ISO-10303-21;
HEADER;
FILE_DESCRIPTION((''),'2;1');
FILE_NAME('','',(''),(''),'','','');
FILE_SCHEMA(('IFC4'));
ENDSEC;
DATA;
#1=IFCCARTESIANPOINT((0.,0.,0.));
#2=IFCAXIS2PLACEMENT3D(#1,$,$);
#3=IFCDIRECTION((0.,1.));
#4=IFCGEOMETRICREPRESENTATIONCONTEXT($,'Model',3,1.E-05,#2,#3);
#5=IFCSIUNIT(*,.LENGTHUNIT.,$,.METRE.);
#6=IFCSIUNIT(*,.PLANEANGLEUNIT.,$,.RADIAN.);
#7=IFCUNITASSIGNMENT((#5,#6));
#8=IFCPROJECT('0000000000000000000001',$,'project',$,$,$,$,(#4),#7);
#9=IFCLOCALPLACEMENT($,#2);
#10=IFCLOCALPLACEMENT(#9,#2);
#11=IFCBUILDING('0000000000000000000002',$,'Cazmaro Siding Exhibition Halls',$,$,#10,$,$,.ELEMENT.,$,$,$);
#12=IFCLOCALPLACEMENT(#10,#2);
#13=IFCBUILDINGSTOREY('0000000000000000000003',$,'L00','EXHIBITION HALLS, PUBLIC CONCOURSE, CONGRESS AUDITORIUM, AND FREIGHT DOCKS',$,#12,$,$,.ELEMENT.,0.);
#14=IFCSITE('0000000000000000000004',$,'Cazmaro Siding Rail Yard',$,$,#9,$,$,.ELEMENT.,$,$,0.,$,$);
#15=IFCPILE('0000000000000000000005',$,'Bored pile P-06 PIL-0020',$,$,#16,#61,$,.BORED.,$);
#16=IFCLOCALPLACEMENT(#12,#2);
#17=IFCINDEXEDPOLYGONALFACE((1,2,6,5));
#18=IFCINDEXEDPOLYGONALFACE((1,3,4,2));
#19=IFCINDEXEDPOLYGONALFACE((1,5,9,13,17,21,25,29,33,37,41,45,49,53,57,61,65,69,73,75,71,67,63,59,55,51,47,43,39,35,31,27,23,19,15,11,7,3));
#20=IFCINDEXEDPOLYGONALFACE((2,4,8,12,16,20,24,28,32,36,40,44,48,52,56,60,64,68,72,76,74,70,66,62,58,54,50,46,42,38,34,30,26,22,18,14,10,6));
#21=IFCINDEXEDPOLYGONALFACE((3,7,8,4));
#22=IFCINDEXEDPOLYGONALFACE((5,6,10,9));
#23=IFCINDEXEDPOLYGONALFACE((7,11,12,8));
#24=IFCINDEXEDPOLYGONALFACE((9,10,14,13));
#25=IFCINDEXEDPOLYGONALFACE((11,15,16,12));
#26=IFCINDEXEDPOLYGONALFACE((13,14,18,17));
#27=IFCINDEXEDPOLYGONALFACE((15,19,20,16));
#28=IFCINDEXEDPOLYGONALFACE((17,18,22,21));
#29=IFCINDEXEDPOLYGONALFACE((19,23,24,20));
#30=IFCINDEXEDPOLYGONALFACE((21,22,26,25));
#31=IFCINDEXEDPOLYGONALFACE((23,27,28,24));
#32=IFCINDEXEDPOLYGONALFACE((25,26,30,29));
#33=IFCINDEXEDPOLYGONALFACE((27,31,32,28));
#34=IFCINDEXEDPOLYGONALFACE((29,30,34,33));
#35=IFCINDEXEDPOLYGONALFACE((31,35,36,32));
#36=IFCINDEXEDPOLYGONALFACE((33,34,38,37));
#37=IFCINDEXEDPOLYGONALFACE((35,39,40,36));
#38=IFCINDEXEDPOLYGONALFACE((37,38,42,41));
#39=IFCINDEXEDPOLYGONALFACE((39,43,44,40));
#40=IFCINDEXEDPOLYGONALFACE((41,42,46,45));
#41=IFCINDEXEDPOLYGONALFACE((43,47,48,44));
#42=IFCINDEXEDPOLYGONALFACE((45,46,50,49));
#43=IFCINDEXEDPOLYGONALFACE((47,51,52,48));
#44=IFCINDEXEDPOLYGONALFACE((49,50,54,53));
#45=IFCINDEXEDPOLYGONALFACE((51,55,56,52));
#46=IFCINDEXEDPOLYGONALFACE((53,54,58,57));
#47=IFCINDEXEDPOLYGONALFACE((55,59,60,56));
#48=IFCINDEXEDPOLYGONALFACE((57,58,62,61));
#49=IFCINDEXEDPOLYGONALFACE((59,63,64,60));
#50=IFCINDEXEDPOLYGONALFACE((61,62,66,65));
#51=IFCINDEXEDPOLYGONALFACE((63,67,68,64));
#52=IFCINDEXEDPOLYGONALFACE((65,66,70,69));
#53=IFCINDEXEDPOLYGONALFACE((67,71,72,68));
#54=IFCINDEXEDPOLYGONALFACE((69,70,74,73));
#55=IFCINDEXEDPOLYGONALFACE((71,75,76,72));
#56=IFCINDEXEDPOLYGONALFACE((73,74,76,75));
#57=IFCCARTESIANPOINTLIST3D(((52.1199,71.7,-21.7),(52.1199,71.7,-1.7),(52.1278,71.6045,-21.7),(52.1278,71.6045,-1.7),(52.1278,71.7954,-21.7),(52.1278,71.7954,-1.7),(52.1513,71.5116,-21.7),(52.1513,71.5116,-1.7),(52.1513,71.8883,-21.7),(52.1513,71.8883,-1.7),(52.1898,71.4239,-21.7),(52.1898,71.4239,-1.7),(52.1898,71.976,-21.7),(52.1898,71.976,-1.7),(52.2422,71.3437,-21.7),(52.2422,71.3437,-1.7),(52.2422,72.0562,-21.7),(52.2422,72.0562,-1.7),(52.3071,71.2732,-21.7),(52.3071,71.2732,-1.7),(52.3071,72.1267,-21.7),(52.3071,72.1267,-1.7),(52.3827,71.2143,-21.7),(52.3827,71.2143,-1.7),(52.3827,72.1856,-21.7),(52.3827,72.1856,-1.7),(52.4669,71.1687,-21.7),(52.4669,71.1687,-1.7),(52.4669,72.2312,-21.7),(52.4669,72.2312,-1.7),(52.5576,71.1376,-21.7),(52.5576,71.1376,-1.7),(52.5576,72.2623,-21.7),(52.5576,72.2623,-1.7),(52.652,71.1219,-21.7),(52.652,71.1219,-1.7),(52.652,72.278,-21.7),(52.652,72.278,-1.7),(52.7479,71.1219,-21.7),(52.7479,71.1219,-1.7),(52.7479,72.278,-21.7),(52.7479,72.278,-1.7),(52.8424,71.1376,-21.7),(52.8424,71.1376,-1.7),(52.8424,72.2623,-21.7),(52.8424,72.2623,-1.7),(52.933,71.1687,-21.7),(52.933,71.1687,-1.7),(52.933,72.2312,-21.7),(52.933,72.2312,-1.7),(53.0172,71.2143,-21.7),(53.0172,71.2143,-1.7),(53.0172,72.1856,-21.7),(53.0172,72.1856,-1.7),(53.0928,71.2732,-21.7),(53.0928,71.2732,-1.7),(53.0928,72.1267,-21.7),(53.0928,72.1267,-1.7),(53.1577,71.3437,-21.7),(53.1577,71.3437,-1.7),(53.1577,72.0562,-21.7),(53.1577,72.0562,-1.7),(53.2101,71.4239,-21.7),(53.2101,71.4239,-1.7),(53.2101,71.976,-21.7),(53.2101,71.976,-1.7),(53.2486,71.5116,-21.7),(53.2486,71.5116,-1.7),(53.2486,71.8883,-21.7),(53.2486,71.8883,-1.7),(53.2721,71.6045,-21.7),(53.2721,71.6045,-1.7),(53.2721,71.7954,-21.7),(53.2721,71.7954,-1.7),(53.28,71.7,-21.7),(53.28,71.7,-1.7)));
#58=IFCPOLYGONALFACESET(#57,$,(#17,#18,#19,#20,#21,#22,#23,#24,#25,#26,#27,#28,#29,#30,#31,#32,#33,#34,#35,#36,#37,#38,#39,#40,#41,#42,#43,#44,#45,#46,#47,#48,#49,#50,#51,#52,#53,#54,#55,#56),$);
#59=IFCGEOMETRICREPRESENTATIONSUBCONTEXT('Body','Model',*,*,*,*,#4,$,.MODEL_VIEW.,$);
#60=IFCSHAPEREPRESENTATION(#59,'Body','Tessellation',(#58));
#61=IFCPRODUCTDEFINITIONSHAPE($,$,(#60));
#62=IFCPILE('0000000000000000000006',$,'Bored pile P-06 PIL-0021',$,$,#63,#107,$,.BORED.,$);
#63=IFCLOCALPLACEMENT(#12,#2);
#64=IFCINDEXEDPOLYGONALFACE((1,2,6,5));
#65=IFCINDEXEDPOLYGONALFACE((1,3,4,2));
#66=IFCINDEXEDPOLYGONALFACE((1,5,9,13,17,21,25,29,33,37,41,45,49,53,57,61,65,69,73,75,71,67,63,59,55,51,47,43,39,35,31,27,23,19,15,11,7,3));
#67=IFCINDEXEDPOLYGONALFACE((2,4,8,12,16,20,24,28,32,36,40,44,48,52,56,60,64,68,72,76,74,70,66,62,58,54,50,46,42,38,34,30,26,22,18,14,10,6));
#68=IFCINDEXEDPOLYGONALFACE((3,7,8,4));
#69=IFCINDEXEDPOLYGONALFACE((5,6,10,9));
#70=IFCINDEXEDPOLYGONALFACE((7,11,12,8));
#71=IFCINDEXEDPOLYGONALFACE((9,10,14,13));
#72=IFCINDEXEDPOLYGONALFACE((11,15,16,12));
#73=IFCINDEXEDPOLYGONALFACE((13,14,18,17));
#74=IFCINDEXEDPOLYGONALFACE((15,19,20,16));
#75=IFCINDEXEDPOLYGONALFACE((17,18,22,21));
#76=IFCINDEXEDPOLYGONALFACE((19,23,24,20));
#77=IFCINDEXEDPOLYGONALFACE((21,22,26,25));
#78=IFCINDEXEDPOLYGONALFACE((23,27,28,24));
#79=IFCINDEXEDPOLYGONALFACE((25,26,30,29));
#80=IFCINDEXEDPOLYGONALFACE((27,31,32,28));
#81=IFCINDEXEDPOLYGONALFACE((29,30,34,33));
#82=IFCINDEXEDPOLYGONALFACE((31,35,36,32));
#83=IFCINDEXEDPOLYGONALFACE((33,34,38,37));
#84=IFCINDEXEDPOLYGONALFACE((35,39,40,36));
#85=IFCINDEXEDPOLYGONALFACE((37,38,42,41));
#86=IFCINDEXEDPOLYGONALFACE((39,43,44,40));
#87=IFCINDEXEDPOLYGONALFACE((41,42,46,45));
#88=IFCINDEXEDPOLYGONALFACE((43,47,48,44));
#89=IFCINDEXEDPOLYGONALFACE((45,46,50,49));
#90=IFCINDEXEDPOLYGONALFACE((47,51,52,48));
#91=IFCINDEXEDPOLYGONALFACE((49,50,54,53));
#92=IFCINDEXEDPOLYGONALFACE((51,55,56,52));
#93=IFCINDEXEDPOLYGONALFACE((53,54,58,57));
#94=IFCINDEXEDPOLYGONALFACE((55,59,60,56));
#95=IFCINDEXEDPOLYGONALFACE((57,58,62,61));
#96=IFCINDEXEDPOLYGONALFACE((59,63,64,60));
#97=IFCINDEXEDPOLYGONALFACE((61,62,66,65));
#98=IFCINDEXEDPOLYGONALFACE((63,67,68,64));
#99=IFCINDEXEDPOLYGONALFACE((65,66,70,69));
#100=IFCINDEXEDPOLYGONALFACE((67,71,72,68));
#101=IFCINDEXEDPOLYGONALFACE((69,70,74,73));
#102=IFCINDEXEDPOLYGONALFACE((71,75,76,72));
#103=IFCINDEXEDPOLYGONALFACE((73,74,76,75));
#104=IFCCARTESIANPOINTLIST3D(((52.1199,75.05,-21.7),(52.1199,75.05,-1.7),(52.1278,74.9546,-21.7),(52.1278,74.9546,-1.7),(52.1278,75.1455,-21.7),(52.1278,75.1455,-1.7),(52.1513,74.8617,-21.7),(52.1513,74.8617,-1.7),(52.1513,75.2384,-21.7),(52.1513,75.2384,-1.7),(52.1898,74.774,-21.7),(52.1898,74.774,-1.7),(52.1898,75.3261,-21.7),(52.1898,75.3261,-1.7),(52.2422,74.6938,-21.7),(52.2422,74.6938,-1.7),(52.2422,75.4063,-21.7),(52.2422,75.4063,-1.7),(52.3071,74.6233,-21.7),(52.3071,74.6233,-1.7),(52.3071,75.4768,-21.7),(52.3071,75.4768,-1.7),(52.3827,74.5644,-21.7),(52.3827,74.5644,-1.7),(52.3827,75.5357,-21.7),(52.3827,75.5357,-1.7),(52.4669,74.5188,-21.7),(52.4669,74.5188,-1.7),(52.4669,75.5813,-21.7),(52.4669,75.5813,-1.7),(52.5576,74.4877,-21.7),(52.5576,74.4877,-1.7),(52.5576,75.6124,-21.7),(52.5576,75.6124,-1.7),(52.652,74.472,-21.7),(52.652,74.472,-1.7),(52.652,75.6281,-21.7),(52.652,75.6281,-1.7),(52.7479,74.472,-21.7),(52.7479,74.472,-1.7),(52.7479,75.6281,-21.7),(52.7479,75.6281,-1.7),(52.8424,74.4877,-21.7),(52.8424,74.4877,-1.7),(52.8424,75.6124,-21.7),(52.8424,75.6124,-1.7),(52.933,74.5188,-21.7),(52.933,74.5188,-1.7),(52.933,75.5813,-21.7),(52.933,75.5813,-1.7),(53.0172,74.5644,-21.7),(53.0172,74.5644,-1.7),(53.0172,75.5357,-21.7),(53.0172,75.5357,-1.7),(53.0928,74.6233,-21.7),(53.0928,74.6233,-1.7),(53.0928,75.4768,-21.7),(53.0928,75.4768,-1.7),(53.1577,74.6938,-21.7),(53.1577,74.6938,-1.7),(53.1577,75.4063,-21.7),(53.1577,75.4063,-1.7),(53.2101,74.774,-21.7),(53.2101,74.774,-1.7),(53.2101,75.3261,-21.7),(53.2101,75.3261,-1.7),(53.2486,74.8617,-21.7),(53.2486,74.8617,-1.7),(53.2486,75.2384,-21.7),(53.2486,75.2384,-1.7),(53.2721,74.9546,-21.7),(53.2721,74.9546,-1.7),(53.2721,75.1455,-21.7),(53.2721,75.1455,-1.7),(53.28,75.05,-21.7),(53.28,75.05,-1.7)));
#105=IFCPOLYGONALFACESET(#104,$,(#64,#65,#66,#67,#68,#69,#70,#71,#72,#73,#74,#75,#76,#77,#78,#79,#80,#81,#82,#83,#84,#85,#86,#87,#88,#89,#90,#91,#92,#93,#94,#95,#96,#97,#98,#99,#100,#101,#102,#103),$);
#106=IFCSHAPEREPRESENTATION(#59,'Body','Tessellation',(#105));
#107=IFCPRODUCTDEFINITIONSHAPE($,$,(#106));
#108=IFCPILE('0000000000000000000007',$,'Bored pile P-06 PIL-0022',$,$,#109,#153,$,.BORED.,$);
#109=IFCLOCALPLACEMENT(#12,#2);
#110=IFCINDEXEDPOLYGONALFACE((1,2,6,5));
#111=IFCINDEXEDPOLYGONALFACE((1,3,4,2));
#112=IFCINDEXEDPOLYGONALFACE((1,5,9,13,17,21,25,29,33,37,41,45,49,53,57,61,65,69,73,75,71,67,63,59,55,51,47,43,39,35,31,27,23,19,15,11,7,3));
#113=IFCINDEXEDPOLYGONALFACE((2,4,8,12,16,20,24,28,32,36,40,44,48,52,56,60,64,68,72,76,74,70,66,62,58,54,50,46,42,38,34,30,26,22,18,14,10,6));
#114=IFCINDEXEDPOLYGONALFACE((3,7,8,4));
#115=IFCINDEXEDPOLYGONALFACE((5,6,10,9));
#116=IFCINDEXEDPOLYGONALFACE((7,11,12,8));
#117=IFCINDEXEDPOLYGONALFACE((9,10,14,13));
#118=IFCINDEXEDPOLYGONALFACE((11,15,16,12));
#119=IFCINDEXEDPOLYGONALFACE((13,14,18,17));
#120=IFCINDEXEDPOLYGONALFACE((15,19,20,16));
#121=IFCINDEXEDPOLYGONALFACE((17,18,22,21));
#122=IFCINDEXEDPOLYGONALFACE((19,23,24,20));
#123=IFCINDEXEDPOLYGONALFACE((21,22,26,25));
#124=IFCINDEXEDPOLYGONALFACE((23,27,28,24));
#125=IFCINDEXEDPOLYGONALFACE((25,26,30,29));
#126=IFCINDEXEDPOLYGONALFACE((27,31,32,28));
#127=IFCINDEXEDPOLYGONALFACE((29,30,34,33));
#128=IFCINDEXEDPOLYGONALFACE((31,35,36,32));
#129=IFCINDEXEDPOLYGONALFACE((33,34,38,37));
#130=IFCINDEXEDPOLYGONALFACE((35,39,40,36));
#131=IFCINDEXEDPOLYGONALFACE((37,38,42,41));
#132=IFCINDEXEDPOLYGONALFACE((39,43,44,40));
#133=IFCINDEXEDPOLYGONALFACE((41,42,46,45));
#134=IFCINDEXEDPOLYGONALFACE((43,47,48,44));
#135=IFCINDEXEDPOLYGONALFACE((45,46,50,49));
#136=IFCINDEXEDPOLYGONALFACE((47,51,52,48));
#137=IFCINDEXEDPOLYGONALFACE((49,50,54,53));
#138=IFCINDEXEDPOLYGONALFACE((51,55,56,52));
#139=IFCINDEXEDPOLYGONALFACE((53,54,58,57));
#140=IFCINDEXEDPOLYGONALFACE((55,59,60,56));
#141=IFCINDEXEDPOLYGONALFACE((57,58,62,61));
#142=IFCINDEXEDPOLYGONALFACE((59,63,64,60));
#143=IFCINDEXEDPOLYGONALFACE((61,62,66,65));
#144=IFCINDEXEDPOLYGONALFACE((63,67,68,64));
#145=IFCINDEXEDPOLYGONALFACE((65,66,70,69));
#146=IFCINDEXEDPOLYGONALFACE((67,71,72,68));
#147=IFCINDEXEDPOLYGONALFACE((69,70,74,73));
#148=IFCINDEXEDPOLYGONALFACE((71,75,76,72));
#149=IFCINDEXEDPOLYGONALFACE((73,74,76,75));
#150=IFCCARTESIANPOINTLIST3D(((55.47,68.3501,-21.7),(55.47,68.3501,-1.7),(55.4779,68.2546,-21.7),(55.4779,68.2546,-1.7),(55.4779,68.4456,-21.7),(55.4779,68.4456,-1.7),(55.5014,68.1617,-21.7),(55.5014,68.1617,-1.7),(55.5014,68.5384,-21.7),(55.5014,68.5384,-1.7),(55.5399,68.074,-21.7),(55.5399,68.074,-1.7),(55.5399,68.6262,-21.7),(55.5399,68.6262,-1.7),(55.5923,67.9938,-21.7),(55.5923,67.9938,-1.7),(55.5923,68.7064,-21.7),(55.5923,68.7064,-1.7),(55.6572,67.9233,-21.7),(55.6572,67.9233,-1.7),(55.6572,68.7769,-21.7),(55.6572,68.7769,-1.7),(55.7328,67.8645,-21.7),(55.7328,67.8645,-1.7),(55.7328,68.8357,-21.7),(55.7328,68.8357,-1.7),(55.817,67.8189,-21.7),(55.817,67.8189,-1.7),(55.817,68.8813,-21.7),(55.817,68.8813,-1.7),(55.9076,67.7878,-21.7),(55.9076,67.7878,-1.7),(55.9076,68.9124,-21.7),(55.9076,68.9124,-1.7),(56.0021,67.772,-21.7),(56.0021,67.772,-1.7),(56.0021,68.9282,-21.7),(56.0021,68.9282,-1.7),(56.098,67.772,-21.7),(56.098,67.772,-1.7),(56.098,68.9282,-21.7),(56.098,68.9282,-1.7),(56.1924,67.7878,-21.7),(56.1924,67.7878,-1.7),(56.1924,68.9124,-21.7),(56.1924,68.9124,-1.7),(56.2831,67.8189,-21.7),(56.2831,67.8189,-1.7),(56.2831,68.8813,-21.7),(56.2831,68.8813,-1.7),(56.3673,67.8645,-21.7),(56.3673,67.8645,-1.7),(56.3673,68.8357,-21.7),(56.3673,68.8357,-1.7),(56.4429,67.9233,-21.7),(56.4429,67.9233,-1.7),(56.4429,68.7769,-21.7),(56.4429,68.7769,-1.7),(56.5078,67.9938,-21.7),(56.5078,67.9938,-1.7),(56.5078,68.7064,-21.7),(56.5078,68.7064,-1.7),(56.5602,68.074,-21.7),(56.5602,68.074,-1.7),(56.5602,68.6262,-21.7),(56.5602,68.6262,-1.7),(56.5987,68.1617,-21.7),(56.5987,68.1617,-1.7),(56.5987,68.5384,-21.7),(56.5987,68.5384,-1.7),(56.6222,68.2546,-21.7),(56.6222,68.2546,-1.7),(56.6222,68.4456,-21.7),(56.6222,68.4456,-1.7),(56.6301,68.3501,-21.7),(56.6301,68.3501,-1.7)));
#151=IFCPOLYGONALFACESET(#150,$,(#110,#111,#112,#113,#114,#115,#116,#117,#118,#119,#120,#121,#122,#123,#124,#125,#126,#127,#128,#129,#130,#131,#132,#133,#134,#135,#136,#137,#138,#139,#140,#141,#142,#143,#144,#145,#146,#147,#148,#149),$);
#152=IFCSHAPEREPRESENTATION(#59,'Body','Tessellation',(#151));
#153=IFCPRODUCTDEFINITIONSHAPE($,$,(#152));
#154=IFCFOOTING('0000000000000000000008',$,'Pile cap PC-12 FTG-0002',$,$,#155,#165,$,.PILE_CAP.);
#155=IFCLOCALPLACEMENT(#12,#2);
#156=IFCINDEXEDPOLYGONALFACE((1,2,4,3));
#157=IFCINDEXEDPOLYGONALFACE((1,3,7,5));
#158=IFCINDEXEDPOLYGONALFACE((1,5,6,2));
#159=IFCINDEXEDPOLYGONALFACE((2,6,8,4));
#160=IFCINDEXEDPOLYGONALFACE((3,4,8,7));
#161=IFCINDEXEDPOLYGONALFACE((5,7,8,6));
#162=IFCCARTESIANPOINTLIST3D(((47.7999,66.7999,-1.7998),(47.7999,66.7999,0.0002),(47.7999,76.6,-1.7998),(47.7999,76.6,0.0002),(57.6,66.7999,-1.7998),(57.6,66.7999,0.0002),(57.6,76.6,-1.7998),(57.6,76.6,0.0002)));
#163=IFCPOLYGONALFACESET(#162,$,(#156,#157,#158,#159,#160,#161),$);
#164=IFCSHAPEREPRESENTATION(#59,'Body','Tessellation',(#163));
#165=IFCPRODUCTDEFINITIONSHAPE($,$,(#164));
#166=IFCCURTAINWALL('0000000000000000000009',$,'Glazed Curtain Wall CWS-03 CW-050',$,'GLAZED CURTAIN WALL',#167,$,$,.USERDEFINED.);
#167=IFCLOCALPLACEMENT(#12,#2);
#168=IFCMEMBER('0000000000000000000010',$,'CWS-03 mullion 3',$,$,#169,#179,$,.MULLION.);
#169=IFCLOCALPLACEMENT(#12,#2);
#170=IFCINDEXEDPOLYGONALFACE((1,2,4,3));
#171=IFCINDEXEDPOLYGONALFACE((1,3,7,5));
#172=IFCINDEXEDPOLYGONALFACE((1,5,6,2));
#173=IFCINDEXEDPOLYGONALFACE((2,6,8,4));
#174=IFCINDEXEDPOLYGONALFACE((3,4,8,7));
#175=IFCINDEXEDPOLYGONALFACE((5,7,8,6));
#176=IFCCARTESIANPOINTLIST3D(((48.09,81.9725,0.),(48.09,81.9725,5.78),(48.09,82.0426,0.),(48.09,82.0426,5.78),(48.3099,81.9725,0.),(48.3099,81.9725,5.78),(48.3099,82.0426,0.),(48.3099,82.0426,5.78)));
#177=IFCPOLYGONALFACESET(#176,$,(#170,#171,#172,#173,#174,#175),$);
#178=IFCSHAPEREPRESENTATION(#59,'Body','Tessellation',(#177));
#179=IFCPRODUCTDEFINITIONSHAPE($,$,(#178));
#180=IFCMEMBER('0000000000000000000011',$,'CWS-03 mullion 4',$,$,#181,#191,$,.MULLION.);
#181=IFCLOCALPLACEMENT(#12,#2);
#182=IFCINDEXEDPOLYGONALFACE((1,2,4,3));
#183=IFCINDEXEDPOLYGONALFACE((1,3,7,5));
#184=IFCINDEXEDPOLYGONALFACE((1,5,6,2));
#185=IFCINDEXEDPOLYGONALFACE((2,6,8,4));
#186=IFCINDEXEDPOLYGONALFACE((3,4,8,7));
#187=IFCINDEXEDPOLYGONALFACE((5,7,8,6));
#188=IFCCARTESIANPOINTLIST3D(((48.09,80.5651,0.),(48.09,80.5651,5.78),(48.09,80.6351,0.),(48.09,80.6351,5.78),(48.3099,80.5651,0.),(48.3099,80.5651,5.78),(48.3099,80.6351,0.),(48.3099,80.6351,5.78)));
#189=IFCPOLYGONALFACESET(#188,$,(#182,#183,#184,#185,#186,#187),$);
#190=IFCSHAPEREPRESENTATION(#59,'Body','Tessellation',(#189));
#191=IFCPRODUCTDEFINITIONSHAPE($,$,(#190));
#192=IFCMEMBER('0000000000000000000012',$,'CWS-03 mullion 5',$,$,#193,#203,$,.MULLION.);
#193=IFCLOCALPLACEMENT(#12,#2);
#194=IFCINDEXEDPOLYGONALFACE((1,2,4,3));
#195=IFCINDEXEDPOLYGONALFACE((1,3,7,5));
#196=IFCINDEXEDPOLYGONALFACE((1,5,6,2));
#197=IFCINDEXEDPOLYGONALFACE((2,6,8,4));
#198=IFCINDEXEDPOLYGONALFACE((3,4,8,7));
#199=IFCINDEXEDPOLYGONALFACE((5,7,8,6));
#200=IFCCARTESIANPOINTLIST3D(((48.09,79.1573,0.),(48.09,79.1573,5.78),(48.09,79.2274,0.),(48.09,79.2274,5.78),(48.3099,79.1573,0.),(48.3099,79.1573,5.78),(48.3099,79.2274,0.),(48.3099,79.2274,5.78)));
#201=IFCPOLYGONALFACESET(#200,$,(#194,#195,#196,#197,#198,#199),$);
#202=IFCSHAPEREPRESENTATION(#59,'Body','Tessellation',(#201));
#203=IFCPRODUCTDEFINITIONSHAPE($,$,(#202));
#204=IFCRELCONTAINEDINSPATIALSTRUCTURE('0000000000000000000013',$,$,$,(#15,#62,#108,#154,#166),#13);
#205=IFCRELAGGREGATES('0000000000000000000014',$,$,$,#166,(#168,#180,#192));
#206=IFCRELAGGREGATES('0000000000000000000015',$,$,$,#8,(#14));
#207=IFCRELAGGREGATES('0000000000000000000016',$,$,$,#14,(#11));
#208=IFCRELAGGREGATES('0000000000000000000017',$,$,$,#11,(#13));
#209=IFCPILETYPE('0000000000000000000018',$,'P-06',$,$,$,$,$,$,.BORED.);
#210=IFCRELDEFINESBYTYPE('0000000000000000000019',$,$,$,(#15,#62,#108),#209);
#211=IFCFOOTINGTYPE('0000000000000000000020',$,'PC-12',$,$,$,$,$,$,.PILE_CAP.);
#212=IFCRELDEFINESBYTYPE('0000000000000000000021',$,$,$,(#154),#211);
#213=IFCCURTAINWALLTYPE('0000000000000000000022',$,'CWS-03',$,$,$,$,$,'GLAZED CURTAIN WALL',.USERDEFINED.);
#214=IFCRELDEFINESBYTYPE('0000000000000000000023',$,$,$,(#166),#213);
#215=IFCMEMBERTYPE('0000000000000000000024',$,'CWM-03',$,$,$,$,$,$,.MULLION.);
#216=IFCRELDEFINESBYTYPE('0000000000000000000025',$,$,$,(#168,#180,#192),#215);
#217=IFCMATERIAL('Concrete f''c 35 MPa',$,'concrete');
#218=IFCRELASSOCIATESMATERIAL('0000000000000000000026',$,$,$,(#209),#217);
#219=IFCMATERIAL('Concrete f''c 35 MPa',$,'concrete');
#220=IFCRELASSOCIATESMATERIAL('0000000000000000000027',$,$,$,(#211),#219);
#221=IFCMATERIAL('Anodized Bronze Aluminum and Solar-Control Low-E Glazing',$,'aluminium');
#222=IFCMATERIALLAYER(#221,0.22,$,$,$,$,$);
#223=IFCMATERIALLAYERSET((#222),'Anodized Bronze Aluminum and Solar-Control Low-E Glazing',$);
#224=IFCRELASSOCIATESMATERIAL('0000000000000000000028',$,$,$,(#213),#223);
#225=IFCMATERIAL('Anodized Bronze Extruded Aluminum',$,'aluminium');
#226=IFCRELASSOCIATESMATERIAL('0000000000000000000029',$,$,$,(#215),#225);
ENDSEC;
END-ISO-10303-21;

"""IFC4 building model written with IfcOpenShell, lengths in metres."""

from ifc_helpers import new_model, si_unit, direction, frame, origin, origin_2d, place, context, subcontext, project, spatial, rectangle, circle, extrude, material, layer, layer_set, material_profile, profile_set, type_object, element, aggregate, save


model = new_model("IFC4")

# Units and contexts
model_context = context("Model", 3, precision=1e-05, world=origin(), true_north=direction((0.0, 1.0)))
body_context = subcontext(model_context, "Body", "Model", "MODEL_VIEW")
ifc_project = project(units=[si_unit("LENGTHUNIT", "METRE"), si_unit("PLANEANGLEUNIT", "RADIAN")], contexts=[model_context])

# Site, building, storey
site_placement = place(None, origin())
site = spatial("IfcSite", under=ifc_project, at=site_placement, Name="Cazmaro Siding Rail Yard", CompositionType="ELEMENT", RefElevation=0.0)
building_placement = place(site_placement, origin())
building = spatial("IfcBuilding", under=site, at=building_placement, Name="Cazmaro Siding Exhibition Halls", CompositionType="ELEMENT")
storey_placement = place(building_placement, origin())
storey = spatial("IfcBuildingStorey", under=building, at=storey_placement, Name="L00", Description="EXHIBITION HALLS, PUBLIC CONCOURSE, CONGRESS AUDITORIUM, AND FREIGHT DOCKS", CompositionType="ELEMENT", Elevation=0.0)

# Piles
ifc_material_1 = material(Name="Concrete f'c 35 MPa", Category="concrete")
ifc_material_profile_1 = material_profile(ifc_material_1, circle(Radius=0.5801, at=origin_2d()), Name="CIDH-1160")
ifc_profile_set_1 = profile_set([ifc_material_profile_1], Name="Concrete f'c 35 MPa")
pile_type = type_object("IfcPileType", Name="P-06", PredefinedType="BORED", material=ifc_profile_set_1)
for number, where, z_axis, x_axis, name in (
    (1, (52.7, 71.7, -1.7), (0.0, 0.0, -1.0), (1.0, 0.0, 0.0), "Bored pile P-06 PIL-0020"),
    (2, (52.7, 75.05, -1.7), (0.0, 0.0, -1.0), (1.0, 0.0, 0.0), "Bored pile P-06 PIL-0021"),
    (3, (56.05, 68.3501, -1.7), (0.0, 0.0, -1.0), (1.0, 0.0, 0.0), "Bored pile P-06 PIL-0022"),
):
    element("IfcPile", number, at=place(storey_placement, frame(where, z_axis=z_axis, x_axis=x_axis)), inside=storey, type_object=pile_type, Name=name, PredefinedType="BORED", context=body_context, shape_type="SweptSolid", body=[
        extrude(circle(Radius=0.5801, at=origin_2d()), origin(), (0.0, 0.0, 1.0), 20.0),
    ])

# Footing
ifc_material_2 = material(Name="Concrete f'c 35 MPa", Category="concrete")
footing_type = type_object("IfcFootingType", Name="PC-12", PredefinedType="PILE_CAP", material=ifc_material_2)
footing_placement = place(storey_placement, frame((52.7, 71.7, -1.7998), z_axis=(0.0, 0.0, 1.0), x_axis=(1.0, 0.0, 0.0)))
element("IfcFooting", 4, at=footing_placement, inside=storey, type_object=footing_type, Name="Pile cap PC-12 FTG-0002", PredefinedType="PILE_CAP", context=body_context, shape_type="SweptSolid", body=[
    extrude(rectangle(XDim=9.8, YDim=9.8, at=origin_2d()), origin(), (0.0, 0.0, 1.0), 1.8),
])

# Curtain wall, members
ifc_material_3 = material(Name="Anodized Bronze Aluminum and Solar-Control Low-E Glazing", Category="aluminium")
ifc_layer_1 = layer(ifc_material_3, 0.22)
ifc_layer_set_1 = layer_set([ifc_layer_1], Name="Anodized Bronze Aluminum and Solar-Control Low-E Glazing")
curtain_wall_type = type_object("IfcCurtainWallType", Name="CWS-03", ElementType="GLAZED CURTAIN WALL", PredefinedType="USERDEFINED", material=ifc_layer_set_1)
curtain_wall_placement = place(storey_placement, origin())
curtain_wall = element("IfcCurtainWall", 5, at=curtain_wall_placement, inside=storey, type_object=curtain_wall_type, Name="Glazed Curtain Wall CWS-03 CW-050", ObjectType="GLAZED CURTAIN WALL", PredefinedType="USERDEFINED")
ifc_material_4 = material(Name="Anodized Bronze Extruded Aluminum", Category="aluminium")
ifc_material_profile_2 = material_profile(ifc_material_4, rectangle(XDim=0.22, YDim=0.0701, at=origin_2d()), Name="CWM-03")
ifc_profile_set_2 = profile_set([ifc_material_profile_2], Name="Anodized Bronze Extruded Aluminum")
member_type_1 = type_object("IfcMemberType", Name="CWM-03", PredefinedType="MULLION", material=ifc_profile_set_2)
member_1_placement = place(storey_placement, frame((48.2, 82.0076, 0.0), z_axis=(0.0, 0.0, 1.0), x_axis=(1.0, 0.0, 0.0)))
member_1 = element("IfcMember", 6, at=member_1_placement, type_object=member_type_1, Name="CWS-03 mullion 3", PredefinedType="MULLION", context=body_context, shape_type="SweptSolid", body=[
    extrude(rectangle(XDim=0.22, YDim=0.0701, at=origin_2d()), origin(), (0.0, 0.0, 1.0), 5.78),
])
member_2_placement = place(storey_placement, frame((48.2, 80.6001, 0.0), z_axis=(0.0, 0.0, 1.0), x_axis=(1.0, 0.0, 0.0)))
member_2 = element("IfcMember", 7, at=member_2_placement, type_object=member_type_1, Name="CWS-03 mullion 4", PredefinedType="MULLION", context=body_context, shape_type="SweptSolid", body=[
    extrude(rectangle(XDim=0.22, YDim=0.0701, at=origin_2d()), origin(), (0.0, 0.0, 1.0), 5.78),
])
member_3_placement = place(storey_placement, frame((48.2, 79.1924, 0.0), z_axis=(0.0, 0.0, 1.0), x_axis=(1.0, 0.0, 0.0)))
member_3 = element("IfcMember", 8, at=member_3_placement, type_object=member_type_1, Name="CWS-03 mullion 5", PredefinedType="MULLION", context=body_context, shape_type="SweptSolid", body=[
    extrude(rectangle(XDim=0.22, YDim=0.0701, at=origin_2d()), origin(), (0.0, 0.0, 1.0), 5.78),
])
aggregate(curtain_wall, [member_1, member_2, member_3])

save(model, "model.ifc")
